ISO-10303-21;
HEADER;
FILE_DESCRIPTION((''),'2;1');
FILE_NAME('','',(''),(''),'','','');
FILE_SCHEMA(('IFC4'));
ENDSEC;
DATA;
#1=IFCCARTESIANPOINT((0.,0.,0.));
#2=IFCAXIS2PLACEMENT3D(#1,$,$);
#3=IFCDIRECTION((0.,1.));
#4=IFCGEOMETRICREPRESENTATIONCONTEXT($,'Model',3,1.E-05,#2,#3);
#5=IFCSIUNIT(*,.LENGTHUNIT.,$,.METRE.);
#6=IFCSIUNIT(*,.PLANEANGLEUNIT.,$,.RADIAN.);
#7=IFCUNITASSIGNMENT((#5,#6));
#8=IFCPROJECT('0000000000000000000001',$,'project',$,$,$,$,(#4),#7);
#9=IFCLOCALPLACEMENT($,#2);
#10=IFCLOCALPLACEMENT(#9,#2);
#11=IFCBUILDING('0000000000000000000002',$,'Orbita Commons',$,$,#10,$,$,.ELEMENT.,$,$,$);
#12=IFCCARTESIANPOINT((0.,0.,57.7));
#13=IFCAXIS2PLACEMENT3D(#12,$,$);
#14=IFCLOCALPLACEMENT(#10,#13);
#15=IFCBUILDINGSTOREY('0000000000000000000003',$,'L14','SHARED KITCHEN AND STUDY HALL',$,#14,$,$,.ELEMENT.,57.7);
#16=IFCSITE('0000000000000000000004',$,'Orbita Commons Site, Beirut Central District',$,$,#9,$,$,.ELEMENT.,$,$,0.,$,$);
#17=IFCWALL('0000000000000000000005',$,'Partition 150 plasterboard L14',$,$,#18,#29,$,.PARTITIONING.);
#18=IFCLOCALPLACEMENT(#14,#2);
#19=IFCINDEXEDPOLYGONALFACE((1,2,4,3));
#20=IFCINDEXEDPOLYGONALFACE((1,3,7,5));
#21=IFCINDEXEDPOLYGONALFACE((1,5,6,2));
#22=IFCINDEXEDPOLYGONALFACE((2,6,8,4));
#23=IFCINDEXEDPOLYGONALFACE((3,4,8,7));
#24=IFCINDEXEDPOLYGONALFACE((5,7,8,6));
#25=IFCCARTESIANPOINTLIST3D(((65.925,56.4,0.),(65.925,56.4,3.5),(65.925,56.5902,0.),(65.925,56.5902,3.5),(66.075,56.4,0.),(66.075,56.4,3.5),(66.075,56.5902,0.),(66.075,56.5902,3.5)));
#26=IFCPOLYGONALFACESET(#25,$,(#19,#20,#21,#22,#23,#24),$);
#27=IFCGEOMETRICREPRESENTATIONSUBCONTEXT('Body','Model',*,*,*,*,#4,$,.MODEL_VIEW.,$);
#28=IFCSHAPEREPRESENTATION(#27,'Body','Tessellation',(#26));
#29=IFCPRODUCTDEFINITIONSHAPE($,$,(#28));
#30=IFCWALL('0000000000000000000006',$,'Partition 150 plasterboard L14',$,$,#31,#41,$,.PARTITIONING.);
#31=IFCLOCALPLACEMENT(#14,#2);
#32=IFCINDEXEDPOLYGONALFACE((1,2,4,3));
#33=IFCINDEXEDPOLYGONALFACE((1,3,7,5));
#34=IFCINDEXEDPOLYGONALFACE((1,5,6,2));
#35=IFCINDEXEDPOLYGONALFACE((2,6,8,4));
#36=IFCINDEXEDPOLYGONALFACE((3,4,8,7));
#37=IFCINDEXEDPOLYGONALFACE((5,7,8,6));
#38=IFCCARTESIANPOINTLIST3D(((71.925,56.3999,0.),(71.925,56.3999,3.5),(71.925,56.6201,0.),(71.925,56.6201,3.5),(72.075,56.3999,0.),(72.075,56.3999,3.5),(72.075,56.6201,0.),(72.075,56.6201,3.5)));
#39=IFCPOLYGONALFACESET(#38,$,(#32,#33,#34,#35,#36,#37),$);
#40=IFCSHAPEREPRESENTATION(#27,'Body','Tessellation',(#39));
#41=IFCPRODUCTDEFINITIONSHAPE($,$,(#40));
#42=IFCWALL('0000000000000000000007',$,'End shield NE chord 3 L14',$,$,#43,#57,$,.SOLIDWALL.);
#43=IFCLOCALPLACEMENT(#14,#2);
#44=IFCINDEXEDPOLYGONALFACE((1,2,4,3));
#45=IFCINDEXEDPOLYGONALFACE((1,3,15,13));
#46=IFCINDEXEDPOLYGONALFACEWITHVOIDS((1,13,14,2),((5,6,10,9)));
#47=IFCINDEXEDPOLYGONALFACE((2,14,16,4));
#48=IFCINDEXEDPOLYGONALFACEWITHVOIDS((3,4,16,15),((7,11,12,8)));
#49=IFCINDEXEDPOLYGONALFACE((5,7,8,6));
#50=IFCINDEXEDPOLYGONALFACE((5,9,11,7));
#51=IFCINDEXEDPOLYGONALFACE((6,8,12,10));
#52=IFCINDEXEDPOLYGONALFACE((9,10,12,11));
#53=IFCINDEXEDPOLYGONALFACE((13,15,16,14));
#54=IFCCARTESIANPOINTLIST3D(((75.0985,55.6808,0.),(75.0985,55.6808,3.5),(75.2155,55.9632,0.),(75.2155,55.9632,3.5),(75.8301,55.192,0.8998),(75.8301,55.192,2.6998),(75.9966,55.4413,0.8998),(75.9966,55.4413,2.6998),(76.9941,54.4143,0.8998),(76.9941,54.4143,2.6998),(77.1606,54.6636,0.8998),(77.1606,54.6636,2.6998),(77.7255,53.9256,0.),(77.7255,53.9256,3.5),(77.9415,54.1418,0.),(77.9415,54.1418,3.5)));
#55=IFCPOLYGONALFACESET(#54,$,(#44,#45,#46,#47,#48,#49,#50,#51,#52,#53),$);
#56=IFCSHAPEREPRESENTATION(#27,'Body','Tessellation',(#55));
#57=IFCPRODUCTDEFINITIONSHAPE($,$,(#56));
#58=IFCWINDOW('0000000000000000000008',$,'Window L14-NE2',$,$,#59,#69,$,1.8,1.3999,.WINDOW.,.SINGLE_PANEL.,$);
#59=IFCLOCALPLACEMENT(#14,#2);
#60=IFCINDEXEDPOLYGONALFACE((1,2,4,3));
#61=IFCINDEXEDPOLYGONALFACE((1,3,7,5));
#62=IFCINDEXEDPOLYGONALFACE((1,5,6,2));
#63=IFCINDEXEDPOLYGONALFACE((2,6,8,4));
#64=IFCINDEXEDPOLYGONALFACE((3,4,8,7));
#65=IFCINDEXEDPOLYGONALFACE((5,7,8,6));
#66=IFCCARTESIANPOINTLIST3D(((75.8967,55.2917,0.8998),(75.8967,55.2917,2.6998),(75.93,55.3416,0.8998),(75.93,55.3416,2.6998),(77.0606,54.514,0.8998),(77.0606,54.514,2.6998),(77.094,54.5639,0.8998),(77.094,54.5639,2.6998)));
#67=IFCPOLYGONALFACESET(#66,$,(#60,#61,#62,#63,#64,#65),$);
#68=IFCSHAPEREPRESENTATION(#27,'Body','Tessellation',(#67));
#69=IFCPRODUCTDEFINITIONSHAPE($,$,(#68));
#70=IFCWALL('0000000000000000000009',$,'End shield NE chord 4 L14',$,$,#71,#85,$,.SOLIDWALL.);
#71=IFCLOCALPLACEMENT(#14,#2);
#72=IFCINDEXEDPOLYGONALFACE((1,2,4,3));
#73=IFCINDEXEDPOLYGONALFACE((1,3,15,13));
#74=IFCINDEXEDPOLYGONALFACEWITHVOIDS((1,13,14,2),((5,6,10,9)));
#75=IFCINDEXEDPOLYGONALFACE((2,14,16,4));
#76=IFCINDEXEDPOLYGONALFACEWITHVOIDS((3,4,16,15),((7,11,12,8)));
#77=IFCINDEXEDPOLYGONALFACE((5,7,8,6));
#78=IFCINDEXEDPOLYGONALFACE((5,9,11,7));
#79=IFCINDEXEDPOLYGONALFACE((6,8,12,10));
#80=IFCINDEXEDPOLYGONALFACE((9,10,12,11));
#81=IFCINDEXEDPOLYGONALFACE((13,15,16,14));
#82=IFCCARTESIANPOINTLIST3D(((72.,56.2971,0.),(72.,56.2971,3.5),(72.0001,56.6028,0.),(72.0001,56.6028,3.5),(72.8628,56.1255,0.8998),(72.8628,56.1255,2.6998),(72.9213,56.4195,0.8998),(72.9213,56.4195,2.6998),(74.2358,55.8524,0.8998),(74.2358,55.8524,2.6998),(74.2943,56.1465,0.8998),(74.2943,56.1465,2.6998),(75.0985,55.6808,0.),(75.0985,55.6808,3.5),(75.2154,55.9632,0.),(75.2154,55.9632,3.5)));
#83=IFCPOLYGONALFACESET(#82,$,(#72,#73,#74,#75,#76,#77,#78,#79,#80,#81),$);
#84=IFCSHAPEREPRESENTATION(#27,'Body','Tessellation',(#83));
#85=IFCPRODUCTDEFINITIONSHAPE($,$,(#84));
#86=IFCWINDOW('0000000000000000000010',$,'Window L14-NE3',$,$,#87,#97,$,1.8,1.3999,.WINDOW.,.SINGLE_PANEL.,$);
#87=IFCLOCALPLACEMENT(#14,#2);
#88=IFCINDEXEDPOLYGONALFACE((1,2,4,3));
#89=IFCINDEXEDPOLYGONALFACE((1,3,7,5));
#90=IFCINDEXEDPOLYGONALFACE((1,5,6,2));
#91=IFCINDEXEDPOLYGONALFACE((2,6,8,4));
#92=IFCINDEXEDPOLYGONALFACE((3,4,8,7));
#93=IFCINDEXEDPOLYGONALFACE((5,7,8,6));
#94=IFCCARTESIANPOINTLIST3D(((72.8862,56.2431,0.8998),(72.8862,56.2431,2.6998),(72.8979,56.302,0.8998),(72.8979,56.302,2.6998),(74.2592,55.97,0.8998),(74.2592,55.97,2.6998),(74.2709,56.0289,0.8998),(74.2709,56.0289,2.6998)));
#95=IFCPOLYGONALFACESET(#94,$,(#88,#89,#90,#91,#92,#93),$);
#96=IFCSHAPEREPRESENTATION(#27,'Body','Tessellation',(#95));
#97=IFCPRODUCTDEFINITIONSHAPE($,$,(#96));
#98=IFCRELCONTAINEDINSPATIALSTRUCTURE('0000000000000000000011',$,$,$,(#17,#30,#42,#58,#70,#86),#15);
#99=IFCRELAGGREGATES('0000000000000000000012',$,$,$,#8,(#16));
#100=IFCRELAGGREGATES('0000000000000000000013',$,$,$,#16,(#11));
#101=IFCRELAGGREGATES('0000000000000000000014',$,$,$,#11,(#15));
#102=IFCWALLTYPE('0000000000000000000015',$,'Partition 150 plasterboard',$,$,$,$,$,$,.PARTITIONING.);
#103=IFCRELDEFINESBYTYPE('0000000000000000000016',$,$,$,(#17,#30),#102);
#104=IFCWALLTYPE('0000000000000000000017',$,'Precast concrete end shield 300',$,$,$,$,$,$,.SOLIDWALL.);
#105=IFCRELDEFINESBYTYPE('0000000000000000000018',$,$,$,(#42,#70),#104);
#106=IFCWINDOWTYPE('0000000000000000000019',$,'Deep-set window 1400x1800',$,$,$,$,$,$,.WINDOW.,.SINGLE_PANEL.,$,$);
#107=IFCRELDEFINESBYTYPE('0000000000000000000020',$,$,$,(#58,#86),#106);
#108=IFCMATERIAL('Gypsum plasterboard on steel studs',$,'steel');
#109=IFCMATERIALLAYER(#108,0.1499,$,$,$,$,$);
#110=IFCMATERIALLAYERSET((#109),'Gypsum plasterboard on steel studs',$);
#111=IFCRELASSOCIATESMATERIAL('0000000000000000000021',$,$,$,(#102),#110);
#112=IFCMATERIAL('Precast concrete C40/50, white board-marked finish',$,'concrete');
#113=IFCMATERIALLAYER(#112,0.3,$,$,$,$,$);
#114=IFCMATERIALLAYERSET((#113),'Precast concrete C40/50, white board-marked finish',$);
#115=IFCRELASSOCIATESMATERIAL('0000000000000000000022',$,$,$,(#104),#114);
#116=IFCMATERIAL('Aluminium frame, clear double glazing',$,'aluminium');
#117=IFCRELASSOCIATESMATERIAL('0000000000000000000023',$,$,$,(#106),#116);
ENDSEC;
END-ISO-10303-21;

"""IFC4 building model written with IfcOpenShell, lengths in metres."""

from ifc_helpers import new_model, si_unit, direction, frame, frame_2d, origin, place, context, subcontext, project, spatial, polyline, rectangle, outline, extrude, material, layer, layer_set, type_object, element, fill, save


model = new_model("IFC4")

# Units and contexts
model_context = context("Model", 3, precision=1e-05, world=origin(), true_north=direction((0.0, 1.0)))
body_context = subcontext(model_context, "Body", "Model", "MODEL_VIEW")
ifc_project = project(units=[si_unit("LENGTHUNIT", "METRE"), si_unit("PLANEANGLEUNIT", "RADIAN")], contexts=[model_context])

# Site, building, storey
site_placement = place(None, origin())
site = spatial("IfcSite", under=ifc_project, at=site_placement, Name="Orbita Commons Site, Beirut Central District", CompositionType="ELEMENT", RefElevation=0.0)
building_placement = place(site_placement, origin())
building = spatial("IfcBuilding", under=site, at=building_placement, Name="Orbita Commons", CompositionType="ELEMENT")
storey_placement = place(building_placement, frame((0.0, 0.0, 57.7)))
storey = spatial("IfcBuildingStorey", under=building, at=storey_placement, Name="L14", Description="SHARED KITCHEN AND STUDY HALL", CompositionType="ELEMENT", Elevation=57.7)

# Walls
ifc_material_1 = material(Name="Gypsum plasterboard on steel studs", Category="steel")
ifc_layer_1 = layer(ifc_material_1, 0.1499)
ifc_layer_set_1 = layer_set([ifc_layer_1], Name="Gypsum plasterboard on steel studs")
wall_type_1 = type_object("IfcWallType", Name="Partition 150 plasterboard", PredefinedType="PARTITIONING", material=ifc_layer_set_1)
for number, where, z_axis, x_axis, name in (
    (1, (66.0, 56.3999, 0.0), (0.0, 0.0, 1.0), (0.0, 1.0, 0.0), "Partition 150 plasterboard L14"),
):
    element("IfcWall", number, at=place(storey_placement, frame(where, z_axis=z_axis, x_axis=x_axis)), inside=storey, type_object=wall_type_1, Name=name, PredefinedType="PARTITIONING", context=body_context, shape_type="SweptSolid", body=[
        extrude(rectangle(XDim=0.1902, YDim=0.1499, at=frame_2d((0.0952, 0.0))), origin(), (0.0, 0.0, 1.0), 3.5),
    ])
wall_1_placement = place(storey_placement, frame((72.0, 56.3999, 0.0), z_axis=(0.0, 0.0, 1.0), x_axis=(0.0, 1.0, 0.0)))
element("IfcWall", 2, at=wall_1_placement, inside=storey, type_object=wall_type_1, Name="Partition 150 plasterboard L14", PredefinedType="PARTITIONING", context=body_context, shape_type="SweptSolid", body=[
    extrude(rectangle(XDim=0.2202, YDim=0.1499, at=frame_2d((0.1101, 0.0))), origin(), (0.0, 0.0, 1.0), 3.5),
])

# Walls, openings, windows
ifc_material_2 = material(Name="Precast concrete C40/50, white board-marked finish", Category="concrete")
ifc_layer_2 = layer(ifc_material_2, 0.3)
ifc_layer_set_2 = layer_set([ifc_layer_2], Name="Precast concrete C40/50, white board-marked finish")
wall_type_2 = type_object("IfcWallType", Name="Precast concrete end shield 300", PredefinedType="SOLIDWALL", material=ifc_layer_set_2)
wall_2_placement = place(storey_placement, frame((77.8335, 54.0337, 0.0), z_axis=(0.0, 0.0, 1.0), x_axis=(-0.831478, 0.555558, 0.0)))
wall_2 = element("IfcWall", 3, at=wall_2_placement, inside=storey, type_object=wall_type_2, Name="End shield NE chord 3 L14", PredefinedType="SOLIDWALL", context=body_context, shape_type="SweptSolid", body=[
    extrude(outline(polyline([(-0.0298, -0.1499), (3.2488, -0.1499), (3.1892, 0.1499), (0.0298, 0.1499), (-0.0298, -0.1499)])), origin(), (0.0, 0.0, 1.0), 3.5),
])
opening_1_placement = place(wall_2_placement, frame((0.9094, 0.0, 0.8999)))
opening_1 = element("IfcOpeningElement", 4, at=opening_1_placement, cuts=wall_2, PredefinedType="OPENING", context=body_context, shape_type="SweptSolid", body=[
    extrude(rectangle(XDim=1.3999, YDim=1.8, at=frame_2d((0.7, 0.8999))), frame((0.0, 0.1599, 0.0), z_axis=(0.0, -1.0, 0.0), x_axis=(1.0, 0.0, 0.0)), (0.0, 0.0, 1.0), 0.3201),
])
ifc_material_3 = material(Name="Aluminium frame, clear double glazing", Category="aluminium")
window_type = type_object("IfcWindowType", Name="Deep-set window 1400x1800", PartitioningType="SINGLE_PANEL", PredefinedType="WINDOW", material=ifc_material_3)
window_1_placement = place(opening_1_placement, origin())
window_1 = element("IfcWindow", 5, at=window_1_placement, inside=storey, type_object=window_type, Name="Window L14-NE2", OverallHeight=1.8, OverallWidth=1.3999, PartitioningType="SINGLE_PANEL", PredefinedType="WINDOW", context=body_context, shape_type="SweptSolid", body=[
    extrude(rectangle(XDim=1.3999, YDim=1.8, at=frame_2d((0.7, 0.8999))), frame((0.0, 0.03, 0.0), z_axis=(0.0, -1.0, 0.0), x_axis=(1.0, 0.0, 0.0)), (0.0, 0.0, 1.0), 0.0601),
])
fill(opening_1, window_1)
wall_3_placement = place(storey_placement, frame((75.157, 55.822, 0.0), z_axis=(0.0, 0.0, 1.0), x_axis=(-0.980787, 0.19508, 0.0)))
wall_3 = element("IfcWall", 6, at=wall_3_placement, inside=storey, type_object=wall_type_2, Name="End shield NE chord 4 L14", PredefinedType="SOLIDWALL", context=body_context, shape_type="SweptSolid", body=[
    extrude(outline(polyline([(-0.0298, -0.1499), (3.2485, -0.1499), (3.189, 0.1499), (0.0298, 0.1499), (-0.0298, -0.1499)])), origin(), (0.0, 0.0, 1.0), 3.5),
])
opening_2_placement = place(wall_3_placement, frame((0.9094, 0.0, 0.8999)))
opening_2 = element("IfcOpeningElement", 7, at=opening_2_placement, cuts=wall_3, PredefinedType="OPENING", context=body_context, shape_type="SweptSolid", body=[
    extrude(rectangle(XDim=1.3999, YDim=1.8, at=frame_2d((0.7, 0.8999))), frame((0.0, 0.1599, 0.0), z_axis=(0.0, -1.0, 0.0), x_axis=(1.0, 0.0, 0.0)), (0.0, 0.0, 1.0), 0.3201),
])
window_2_placement = place(opening_2_placement, origin())
window_2 = element("IfcWindow", 8, at=window_2_placement, inside=storey, type_object=window_type, Name="Window L14-NE3", OverallHeight=1.8, OverallWidth=1.3999, PartitioningType="SINGLE_PANEL", PredefinedType="WINDOW", context=body_context, shape_type="SweptSolid", body=[
    extrude(rectangle(XDim=1.3999, YDim=1.8, at=frame_2d((0.7, 0.8999))), frame((0.0, 0.03, 0.0), z_axis=(0.0, -1.0, 0.0), x_axis=(1.0, 0.0, 0.0)), (0.0, 0.0, 1.0), 0.0601),
])
fill(opening_2, window_2)

save(model, "model.ifc")
